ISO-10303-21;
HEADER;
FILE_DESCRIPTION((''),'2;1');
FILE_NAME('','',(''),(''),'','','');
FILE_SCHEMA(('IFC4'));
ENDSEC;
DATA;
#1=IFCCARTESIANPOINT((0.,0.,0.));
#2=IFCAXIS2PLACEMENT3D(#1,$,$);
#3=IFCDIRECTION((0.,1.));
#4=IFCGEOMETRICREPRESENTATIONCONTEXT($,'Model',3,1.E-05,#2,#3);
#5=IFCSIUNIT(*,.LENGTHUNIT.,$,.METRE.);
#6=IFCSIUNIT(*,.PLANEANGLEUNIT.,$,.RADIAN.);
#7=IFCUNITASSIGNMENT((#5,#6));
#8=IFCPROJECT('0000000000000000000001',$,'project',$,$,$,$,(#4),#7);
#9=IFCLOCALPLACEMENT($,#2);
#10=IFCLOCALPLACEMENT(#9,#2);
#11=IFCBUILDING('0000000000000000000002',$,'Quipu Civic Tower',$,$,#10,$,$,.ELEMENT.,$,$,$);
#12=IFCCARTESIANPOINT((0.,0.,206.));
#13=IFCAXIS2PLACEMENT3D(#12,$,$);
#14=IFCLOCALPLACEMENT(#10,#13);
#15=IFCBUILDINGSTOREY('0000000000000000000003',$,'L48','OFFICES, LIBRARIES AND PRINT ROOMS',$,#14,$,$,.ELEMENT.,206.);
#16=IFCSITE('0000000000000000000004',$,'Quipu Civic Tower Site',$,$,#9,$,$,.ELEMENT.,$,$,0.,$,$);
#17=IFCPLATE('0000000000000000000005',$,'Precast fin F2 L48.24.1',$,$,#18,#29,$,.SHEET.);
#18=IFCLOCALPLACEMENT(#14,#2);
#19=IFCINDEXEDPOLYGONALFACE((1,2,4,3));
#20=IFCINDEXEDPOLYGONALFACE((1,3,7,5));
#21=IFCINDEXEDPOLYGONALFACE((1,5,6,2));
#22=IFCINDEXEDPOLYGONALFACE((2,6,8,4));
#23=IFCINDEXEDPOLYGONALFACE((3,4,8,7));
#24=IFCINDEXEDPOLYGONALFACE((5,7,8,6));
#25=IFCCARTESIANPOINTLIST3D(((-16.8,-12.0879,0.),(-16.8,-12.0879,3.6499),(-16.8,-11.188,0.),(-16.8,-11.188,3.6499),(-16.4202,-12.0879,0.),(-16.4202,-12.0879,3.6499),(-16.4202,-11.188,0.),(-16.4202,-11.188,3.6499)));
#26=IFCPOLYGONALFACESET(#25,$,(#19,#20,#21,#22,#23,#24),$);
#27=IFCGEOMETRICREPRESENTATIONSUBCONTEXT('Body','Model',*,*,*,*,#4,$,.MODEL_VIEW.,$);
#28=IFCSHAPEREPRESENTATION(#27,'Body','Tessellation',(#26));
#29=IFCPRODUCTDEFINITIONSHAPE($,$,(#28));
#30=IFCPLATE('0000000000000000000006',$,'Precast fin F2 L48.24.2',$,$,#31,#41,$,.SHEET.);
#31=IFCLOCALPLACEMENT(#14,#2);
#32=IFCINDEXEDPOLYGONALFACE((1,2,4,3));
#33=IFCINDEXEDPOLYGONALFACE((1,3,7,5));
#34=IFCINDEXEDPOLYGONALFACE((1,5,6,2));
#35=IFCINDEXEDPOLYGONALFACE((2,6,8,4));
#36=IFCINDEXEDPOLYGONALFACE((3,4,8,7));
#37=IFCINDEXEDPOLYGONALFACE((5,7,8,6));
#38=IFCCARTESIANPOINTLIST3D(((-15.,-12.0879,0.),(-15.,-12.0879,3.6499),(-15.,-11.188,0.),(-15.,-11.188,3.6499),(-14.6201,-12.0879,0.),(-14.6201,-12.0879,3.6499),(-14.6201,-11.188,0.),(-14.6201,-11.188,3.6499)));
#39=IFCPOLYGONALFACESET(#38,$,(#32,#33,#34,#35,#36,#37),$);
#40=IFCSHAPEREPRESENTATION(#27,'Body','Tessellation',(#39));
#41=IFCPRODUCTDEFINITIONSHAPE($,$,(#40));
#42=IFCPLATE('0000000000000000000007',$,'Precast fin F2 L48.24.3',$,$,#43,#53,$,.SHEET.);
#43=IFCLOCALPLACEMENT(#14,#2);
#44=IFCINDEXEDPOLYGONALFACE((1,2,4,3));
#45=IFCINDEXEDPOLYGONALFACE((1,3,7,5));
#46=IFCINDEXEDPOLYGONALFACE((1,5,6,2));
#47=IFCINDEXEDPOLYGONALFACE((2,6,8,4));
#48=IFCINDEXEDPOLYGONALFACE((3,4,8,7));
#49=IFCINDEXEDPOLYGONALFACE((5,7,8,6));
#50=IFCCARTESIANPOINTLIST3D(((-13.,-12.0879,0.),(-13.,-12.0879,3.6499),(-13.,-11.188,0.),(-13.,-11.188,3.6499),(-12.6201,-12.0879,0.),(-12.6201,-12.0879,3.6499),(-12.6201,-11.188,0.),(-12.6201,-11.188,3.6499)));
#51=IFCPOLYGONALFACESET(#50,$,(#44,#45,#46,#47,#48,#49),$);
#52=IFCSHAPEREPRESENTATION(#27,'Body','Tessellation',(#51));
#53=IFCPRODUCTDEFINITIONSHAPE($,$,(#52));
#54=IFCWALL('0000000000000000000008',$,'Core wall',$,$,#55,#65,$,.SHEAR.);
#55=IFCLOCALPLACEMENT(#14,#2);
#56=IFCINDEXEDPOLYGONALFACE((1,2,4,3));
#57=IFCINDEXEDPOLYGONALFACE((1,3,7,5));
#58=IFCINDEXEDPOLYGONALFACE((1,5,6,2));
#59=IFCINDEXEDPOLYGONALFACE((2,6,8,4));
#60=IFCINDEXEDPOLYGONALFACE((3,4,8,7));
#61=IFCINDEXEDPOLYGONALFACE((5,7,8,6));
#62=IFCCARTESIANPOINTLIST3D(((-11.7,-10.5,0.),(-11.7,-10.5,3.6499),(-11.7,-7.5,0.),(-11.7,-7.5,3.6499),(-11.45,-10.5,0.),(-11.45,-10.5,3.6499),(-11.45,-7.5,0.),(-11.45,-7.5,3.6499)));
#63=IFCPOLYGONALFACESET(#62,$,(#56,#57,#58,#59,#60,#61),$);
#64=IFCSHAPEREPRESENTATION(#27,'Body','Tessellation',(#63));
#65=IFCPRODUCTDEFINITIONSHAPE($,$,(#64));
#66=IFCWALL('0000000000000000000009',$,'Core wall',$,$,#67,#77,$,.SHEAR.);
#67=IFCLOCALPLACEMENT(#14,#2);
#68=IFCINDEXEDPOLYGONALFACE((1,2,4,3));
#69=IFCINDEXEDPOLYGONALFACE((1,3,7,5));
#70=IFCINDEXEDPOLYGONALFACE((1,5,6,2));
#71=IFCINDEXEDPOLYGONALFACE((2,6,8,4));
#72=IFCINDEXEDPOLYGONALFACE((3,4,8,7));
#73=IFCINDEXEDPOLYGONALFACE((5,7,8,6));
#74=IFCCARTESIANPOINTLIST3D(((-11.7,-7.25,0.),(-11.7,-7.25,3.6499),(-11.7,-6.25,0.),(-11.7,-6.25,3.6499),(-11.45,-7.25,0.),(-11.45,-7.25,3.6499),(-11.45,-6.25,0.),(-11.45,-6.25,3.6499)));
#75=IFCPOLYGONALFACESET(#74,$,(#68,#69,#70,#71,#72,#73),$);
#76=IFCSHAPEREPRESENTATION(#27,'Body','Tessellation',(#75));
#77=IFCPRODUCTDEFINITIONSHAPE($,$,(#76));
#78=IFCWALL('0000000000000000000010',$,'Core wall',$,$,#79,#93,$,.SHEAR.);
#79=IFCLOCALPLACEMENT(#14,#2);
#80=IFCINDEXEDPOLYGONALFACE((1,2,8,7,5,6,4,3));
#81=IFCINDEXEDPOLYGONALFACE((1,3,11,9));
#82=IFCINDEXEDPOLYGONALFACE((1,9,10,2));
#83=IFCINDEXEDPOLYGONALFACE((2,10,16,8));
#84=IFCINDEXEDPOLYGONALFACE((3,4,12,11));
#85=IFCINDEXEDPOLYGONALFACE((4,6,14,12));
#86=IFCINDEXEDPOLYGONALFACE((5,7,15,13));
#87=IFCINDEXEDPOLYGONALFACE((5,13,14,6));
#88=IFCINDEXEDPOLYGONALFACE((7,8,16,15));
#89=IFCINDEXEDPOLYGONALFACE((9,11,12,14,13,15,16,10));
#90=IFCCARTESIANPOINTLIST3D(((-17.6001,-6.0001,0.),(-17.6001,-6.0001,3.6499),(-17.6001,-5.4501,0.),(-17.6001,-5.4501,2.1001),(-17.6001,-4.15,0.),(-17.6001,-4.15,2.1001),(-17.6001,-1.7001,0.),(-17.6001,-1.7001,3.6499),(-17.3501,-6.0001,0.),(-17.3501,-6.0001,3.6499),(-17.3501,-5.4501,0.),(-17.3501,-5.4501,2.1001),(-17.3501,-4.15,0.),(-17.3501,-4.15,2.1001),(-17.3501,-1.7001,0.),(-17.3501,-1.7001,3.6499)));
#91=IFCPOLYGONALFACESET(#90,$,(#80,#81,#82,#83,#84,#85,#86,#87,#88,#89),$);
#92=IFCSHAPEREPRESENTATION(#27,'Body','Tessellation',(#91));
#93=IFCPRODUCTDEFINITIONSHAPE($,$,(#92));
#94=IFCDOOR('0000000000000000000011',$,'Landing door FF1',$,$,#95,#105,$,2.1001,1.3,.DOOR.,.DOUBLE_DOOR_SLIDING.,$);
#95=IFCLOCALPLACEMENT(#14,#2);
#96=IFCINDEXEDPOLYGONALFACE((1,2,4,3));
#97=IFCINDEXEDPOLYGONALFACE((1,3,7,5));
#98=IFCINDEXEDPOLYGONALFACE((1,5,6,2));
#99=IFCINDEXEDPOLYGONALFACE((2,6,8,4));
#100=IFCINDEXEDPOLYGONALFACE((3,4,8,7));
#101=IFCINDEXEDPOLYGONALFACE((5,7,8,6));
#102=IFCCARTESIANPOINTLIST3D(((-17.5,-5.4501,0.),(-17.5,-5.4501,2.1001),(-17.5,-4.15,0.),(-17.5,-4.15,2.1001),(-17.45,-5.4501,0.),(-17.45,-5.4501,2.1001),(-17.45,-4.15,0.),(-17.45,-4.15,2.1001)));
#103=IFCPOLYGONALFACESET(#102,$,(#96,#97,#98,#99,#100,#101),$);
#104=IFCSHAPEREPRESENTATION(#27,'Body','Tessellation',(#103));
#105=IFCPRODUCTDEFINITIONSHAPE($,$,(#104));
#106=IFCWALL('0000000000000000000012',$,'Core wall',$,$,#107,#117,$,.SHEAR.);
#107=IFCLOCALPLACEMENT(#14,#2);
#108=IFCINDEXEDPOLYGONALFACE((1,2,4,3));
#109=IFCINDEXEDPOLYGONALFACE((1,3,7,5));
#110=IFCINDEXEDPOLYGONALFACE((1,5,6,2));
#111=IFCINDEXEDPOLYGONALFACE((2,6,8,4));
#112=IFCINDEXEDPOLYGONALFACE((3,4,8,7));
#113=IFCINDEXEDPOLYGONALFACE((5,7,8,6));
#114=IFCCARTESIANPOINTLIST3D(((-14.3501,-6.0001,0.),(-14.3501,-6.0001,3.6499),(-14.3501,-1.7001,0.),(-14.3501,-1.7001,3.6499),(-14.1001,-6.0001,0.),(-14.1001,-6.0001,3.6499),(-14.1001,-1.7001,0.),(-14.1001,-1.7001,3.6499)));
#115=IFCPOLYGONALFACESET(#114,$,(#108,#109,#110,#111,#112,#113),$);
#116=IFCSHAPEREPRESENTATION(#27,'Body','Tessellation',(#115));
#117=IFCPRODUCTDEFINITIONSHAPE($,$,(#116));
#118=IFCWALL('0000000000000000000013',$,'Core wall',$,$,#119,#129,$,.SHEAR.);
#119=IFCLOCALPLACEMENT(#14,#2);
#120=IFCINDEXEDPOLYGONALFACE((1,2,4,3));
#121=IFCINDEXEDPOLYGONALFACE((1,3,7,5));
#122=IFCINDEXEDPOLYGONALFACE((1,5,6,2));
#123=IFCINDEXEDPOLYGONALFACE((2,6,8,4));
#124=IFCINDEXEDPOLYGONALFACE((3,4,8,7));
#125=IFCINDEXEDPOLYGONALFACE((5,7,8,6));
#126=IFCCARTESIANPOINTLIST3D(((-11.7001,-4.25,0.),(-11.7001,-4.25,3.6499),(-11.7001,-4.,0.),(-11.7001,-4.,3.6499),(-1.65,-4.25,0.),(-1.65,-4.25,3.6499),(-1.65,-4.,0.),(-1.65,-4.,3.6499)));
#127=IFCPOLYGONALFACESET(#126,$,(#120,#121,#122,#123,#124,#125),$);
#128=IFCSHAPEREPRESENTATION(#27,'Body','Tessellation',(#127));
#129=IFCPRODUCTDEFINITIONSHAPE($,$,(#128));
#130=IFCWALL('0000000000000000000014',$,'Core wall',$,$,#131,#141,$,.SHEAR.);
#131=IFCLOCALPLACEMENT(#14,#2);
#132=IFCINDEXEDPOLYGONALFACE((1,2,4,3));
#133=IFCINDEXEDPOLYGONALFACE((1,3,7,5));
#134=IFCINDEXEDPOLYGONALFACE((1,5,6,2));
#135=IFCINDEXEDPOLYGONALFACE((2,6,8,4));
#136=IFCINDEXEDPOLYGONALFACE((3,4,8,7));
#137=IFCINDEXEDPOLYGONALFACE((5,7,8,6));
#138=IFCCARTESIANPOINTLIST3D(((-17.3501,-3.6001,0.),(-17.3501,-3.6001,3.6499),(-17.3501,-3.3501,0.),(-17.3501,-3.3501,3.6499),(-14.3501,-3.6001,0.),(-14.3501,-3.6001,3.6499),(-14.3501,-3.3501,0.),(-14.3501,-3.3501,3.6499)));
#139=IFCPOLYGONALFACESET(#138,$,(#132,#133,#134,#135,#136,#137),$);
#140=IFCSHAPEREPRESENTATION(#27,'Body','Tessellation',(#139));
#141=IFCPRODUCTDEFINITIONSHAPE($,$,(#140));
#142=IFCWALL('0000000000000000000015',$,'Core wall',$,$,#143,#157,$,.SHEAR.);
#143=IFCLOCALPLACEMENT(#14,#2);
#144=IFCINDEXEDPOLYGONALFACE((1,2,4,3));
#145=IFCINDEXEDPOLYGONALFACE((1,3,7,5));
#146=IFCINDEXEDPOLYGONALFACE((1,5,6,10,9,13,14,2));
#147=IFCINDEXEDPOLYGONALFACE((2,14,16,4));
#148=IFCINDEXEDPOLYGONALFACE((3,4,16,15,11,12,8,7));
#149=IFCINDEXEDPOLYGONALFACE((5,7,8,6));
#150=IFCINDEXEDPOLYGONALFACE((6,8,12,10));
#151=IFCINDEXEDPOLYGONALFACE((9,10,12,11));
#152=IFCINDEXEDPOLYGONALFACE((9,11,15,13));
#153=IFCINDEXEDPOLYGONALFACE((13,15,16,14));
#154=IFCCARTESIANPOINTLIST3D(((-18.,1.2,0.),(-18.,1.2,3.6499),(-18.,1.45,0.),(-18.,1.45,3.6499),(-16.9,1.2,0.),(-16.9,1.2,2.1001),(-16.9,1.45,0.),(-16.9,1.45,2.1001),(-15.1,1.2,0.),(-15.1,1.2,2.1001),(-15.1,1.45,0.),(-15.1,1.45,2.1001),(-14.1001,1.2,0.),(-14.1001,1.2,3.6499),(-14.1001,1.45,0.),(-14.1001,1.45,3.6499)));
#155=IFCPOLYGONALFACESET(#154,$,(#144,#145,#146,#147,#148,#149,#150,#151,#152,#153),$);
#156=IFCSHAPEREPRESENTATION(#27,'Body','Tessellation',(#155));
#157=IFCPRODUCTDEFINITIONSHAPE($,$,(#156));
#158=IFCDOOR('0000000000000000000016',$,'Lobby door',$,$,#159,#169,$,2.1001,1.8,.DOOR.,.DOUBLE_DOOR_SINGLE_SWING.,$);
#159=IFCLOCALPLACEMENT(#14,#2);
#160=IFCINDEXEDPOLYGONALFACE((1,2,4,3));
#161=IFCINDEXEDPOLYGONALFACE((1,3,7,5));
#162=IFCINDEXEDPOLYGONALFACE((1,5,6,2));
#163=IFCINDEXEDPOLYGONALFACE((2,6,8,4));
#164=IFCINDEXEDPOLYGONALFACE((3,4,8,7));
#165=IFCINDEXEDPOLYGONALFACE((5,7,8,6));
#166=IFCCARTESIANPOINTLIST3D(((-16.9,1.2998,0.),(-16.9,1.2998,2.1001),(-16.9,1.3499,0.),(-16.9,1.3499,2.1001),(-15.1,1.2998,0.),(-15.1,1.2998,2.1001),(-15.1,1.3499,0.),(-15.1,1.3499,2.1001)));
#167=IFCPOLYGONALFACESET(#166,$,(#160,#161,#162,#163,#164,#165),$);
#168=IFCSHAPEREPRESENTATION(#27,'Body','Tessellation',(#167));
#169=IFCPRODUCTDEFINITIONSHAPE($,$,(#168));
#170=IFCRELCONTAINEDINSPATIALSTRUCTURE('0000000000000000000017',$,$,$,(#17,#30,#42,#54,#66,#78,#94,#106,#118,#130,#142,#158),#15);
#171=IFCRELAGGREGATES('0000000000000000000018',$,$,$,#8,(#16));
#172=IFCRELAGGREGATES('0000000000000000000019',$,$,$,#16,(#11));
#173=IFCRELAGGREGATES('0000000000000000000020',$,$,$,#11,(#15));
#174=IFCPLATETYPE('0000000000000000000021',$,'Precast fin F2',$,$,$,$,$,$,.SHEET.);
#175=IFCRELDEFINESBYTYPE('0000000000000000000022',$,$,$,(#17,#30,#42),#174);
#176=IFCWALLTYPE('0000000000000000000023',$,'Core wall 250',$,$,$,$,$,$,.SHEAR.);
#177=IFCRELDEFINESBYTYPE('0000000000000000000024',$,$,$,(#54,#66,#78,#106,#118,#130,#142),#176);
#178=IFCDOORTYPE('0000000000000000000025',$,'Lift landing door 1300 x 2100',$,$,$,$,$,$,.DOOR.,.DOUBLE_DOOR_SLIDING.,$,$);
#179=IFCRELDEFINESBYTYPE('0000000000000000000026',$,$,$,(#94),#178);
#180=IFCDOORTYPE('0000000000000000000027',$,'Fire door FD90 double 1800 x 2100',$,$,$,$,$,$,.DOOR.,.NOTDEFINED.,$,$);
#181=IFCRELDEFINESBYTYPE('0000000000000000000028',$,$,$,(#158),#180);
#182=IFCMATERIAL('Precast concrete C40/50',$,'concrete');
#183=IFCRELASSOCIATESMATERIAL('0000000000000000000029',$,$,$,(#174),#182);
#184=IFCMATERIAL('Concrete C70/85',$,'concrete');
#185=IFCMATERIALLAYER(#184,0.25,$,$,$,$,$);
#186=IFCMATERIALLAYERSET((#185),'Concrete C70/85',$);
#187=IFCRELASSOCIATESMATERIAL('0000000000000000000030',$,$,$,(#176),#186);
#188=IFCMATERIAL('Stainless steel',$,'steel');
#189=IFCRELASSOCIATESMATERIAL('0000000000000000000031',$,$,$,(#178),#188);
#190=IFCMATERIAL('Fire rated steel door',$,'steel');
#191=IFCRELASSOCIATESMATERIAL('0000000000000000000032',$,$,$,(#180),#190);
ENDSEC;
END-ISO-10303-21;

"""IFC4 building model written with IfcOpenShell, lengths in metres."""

from ifc_helpers import new_model, si_unit, direction, frame, frame_2d, origin, origin_2d, place, context, subcontext, project, spatial, rectangle, extrude, material, layer, layer_set, type_object, element, fill, save


model = new_model("IFC4")

# Units and contexts
model_context = context("Model", 3, precision=1e-05, world=origin(), true_north=direction((0.0, 1.0)))
body_context = subcontext(model_context, "Body", "Model", "MODEL_VIEW")
ifc_project = project(units=[si_unit("LENGTHUNIT", "METRE"), si_unit("PLANEANGLEUNIT", "RADIAN")], contexts=[model_context])

# Site, building, storey
site_placement = place(None, origin())
site = spatial("IfcSite", under=ifc_project, at=site_placement, Name="Quipu Civic Tower Site", CompositionType="ELEMENT", RefElevation=0.0)
building_placement = place(site_placement, origin())
building = spatial("IfcBuilding", under=site, at=building_placement, Name="Quipu Civic Tower", CompositionType="ELEMENT")
storey_placement = place(building_placement, frame((0.0, 0.0, 206.0)))
storey = spatial("IfcBuildingStorey", under=building, at=storey_placement, Name="L48", Description="OFFICES, LIBRARIES AND PRINT ROOMS", CompositionType="ELEMENT", Elevation=206.0)

# Plates
ifc_material_1 = material(Name="Precast concrete C40/50", Category="concrete")
plate_type = type_object("IfcPlateType", Name="Precast fin F2", PredefinedType="SHEET", material=ifc_material_1)
for number, where, z_axis, x_axis, name in (
    (1, (-16.6101, -11.6379, 0.0), (0.0, 0.0, 1.0), (1.0, 0.0, 0.0), "Precast fin F2 L48.24.1"),
    (2, (-14.8101, -11.6379, 0.0), (0.0, 0.0, 1.0), (1.0, 0.0, 0.0), "Precast fin F2 L48.24.2"),
    (3, (-12.8101, -11.6379, 0.0), (0.0, 0.0, 1.0), (1.0, 0.0, 0.0), "Precast fin F2 L48.24.3"),
):
    element("IfcPlate", number, at=place(storey_placement, frame(where, z_axis=z_axis, x_axis=x_axis)), inside=storey, type_object=plate_type, Name=name, PredefinedType="SHEET", context=body_context, shape_type="SweptSolid", body=[
        extrude(rectangle(XDim=0.3799, YDim=0.8999, at=origin_2d()), origin(), (0.0, 0.0, 1.0), 3.6499),
    ])

# Walls
ifc_material_2 = material(Name="Concrete C70/85", Category="concrete")
ifc_layer_1 = layer(ifc_material_2, 0.25)
ifc_layer_set_1 = layer_set([ifc_layer_1], Name="Concrete C70/85")
wall_type_1 = type_object("IfcWallType", Name="Core wall 250", PredefinedType="SHEAR", material=ifc_layer_set_1)
wall_1_placement = place(storey_placement, frame((-11.575, -10.5, 0.0), z_axis=(0.0, 0.0, 1.0), x_axis=(0.0, 1.0, 0.0)))
element("IfcWall", 4, at=wall_1_placement, inside=storey, type_object=wall_type_1, Name="Core wall", PredefinedType="SHEAR", context=body_context, shape_type="SweptSolid", body=[
    extrude(rectangle(XDim=3.0, YDim=0.25, at=frame_2d((1.5, 0.0))), origin(), (0.0, 0.0, 1.0), 3.6499),
])
wall_2_placement = place(storey_placement, frame((-11.575, -7.25, 0.0), z_axis=(0.0, 0.0, 1.0), x_axis=(0.0, 1.0, 0.0)))
element("IfcWall", 5, at=wall_2_placement, inside=storey, type_object=wall_type_1, Name="Core wall", PredefinedType="SHEAR", context=body_context, shape_type="SweptSolid", body=[
    extrude(rectangle(XDim=1.0, YDim=0.25, at=frame_2d((0.5, 0.0))), origin(), (0.0, 0.0, 1.0), 3.6499),
])

# Wall, opening, door
wall_3_placement = place(storey_placement, frame((-17.4751, -6.0, 0.0), z_axis=(0.0, 0.0, 1.0), x_axis=(0.0, 1.0, 0.0)))
wall_3 = element("IfcWall", 6, at=wall_3_placement, inside=storey, type_object=wall_type_1, Name="Core wall", PredefinedType="SHEAR", context=body_context, shape_type="SweptSolid", body=[
    extrude(rectangle(XDim=4.3, YDim=0.25, at=frame_2d((2.1499, 0.0))), origin(), (0.0, 0.0, 1.0), 3.6499),
])
opening_1_placement = place(wall_3_placement, frame((0.55, 0.0, 0.0)))
opening_1 = element("IfcOpeningElement", 7, at=opening_1_placement, cuts=wall_3, PredefinedType="OPENING", context=body_context, shape_type="SweptSolid", body=[
    extrude(rectangle(XDim=1.3, YDim=2.1001, at=frame_2d((0.6499, 1.05))), frame((0.0, 0.135, 0.0), z_axis=(0.0, -1.0, 0.0), x_axis=(1.0, 0.0, 0.0)), (0.0, 0.0, 1.0), 0.27),
])
ifc_material_3 = material(Name="Stainless steel", Category="steel")
door_type_1 = type_object("IfcDoorType", Name="Lift landing door 1300 x 2100", OperationType="DOUBLE_DOOR_SLIDING", PredefinedType="DOOR", material=ifc_material_3)
door_1_placement = place(opening_1_placement, origin())
door_1 = element("IfcDoor", 8, at=door_1_placement, inside=storey, type_object=door_type_1, Name="Landing door FF1", OperationType="DOUBLE_DOOR_SLIDING", OverallHeight=2.1001, OverallWidth=1.3, PredefinedType="DOOR", context=body_context, shape_type="SweptSolid", body=[
    extrude(rectangle(XDim=1.3, YDim=2.1001, at=frame_2d((0.6499, 1.05))), frame((0.0, 0.0249, 0.0), z_axis=(0.0, -1.0, 0.0), x_axis=(1.0, 0.0, 0.0)), (0.0, 0.0, 1.0), 0.05),
])
fill(opening_1, door_1)

# Walls
wall_4_placement = place(storey_placement, frame((-14.2251, -6.0, 0.0), z_axis=(0.0, 0.0, 1.0), x_axis=(0.0, 1.0, 0.0)))
element("IfcWall", 9, at=wall_4_placement, inside=storey, type_object=wall_type_1, Name="Core wall", PredefinedType="SHEAR", context=body_context, shape_type="SweptSolid", body=[
    extrude(rectangle(XDim=4.3, YDim=0.25, at=frame_2d((2.1499, 0.0))), origin(), (0.0, 0.0, 1.0), 3.6499),
])
wall_5_placement = place(storey_placement, frame((-11.7, -4.125, 0.0), z_axis=(0.0, 0.0, 1.0), x_axis=(1.0, 0.0, 0.0)))
element("IfcWall", 10, at=wall_5_placement, inside=storey, type_object=wall_type_1, Name="Core wall", PredefinedType="SHEAR", context=body_context, shape_type="SweptSolid", body=[
    extrude(rectangle(XDim=10.05, YDim=0.25, at=frame_2d((5.0249, 0.0))), origin(), (0.0, 0.0, 1.0), 3.6499),
])
wall_6_placement = place(storey_placement, frame((-17.3501, -3.4751, 0.0), z_axis=(0.0, 0.0, 1.0), x_axis=(1.0, 0.0, 0.0)))
element("IfcWall", 11, at=wall_6_placement, inside=storey, type_object=wall_type_1, Name="Core wall", PredefinedType="SHEAR", context=body_context, shape_type="SweptSolid", body=[
    extrude(rectangle(XDim=3.0, YDim=0.25, at=frame_2d((1.5, 0.0))), origin(), (0.0, 0.0, 1.0), 3.6499),
])

# Wall, opening, door
wall_7_placement = place(storey_placement, frame((-18.0, 1.325, 0.0), z_axis=(0.0, 0.0, 1.0), x_axis=(1.0, 0.0, 0.0)))
wall_7 = element("IfcWall", 12, at=wall_7_placement, inside=storey, type_object=wall_type_1, Name="Core wall", PredefinedType="SHEAR", context=body_context, shape_type="SweptSolid", body=[
    extrude(rectangle(XDim=3.8999, YDim=0.25, at=frame_2d((1.95, 0.0))), origin(), (0.0, 0.0, 1.0), 3.6499),
])
opening_2_placement = place(wall_7_placement, frame((1.1001, 0.0, 0.0)))
opening_2 = element("IfcOpeningElement", 13, at=opening_2_placement, cuts=wall_7, PredefinedType="OPENING", context=body_context, shape_type="SweptSolid", body=[
    extrude(rectangle(XDim=1.8, YDim=2.1001, at=frame_2d((0.8999, 1.05))), frame((0.0, 0.135, 0.0), z_axis=(0.0, -1.0, 0.0), x_axis=(1.0, 0.0, 0.0)), (0.0, 0.0, 1.0), 0.27),
])
ifc_material_4 = material(Name="Fire rated steel door", Category="steel")
door_type_2 = type_object("IfcDoorType", Name="Fire door FD90 double 1800 x 2100", OperationType="NOTDEFINED", PredefinedType="DOOR", material=ifc_material_4)
door_2_placement = place(opening_2_placement, origin())
door_2 = element("IfcDoor", 14, at=door_2_placement, inside=storey, type_object=door_type_2, Name="Lobby door", OperationType="DOUBLE_DOOR_SINGLE_SWING", OverallHeight=2.1001, OverallWidth=1.8, PredefinedType="DOOR", context=body_context, shape_type="SweptSolid", body=[
    extrude(rectangle(XDim=1.8, YDim=2.1001, at=frame_2d((0.8999, 1.05))), frame((0.0, 0.0249, 0.0), z_axis=(0.0, -1.0, 0.0), x_axis=(1.0, 0.0, 0.0)), (0.0, 0.0, 1.0), 0.05),
])
fill(opening_2, door_2)

save(model, "model.ifc")
